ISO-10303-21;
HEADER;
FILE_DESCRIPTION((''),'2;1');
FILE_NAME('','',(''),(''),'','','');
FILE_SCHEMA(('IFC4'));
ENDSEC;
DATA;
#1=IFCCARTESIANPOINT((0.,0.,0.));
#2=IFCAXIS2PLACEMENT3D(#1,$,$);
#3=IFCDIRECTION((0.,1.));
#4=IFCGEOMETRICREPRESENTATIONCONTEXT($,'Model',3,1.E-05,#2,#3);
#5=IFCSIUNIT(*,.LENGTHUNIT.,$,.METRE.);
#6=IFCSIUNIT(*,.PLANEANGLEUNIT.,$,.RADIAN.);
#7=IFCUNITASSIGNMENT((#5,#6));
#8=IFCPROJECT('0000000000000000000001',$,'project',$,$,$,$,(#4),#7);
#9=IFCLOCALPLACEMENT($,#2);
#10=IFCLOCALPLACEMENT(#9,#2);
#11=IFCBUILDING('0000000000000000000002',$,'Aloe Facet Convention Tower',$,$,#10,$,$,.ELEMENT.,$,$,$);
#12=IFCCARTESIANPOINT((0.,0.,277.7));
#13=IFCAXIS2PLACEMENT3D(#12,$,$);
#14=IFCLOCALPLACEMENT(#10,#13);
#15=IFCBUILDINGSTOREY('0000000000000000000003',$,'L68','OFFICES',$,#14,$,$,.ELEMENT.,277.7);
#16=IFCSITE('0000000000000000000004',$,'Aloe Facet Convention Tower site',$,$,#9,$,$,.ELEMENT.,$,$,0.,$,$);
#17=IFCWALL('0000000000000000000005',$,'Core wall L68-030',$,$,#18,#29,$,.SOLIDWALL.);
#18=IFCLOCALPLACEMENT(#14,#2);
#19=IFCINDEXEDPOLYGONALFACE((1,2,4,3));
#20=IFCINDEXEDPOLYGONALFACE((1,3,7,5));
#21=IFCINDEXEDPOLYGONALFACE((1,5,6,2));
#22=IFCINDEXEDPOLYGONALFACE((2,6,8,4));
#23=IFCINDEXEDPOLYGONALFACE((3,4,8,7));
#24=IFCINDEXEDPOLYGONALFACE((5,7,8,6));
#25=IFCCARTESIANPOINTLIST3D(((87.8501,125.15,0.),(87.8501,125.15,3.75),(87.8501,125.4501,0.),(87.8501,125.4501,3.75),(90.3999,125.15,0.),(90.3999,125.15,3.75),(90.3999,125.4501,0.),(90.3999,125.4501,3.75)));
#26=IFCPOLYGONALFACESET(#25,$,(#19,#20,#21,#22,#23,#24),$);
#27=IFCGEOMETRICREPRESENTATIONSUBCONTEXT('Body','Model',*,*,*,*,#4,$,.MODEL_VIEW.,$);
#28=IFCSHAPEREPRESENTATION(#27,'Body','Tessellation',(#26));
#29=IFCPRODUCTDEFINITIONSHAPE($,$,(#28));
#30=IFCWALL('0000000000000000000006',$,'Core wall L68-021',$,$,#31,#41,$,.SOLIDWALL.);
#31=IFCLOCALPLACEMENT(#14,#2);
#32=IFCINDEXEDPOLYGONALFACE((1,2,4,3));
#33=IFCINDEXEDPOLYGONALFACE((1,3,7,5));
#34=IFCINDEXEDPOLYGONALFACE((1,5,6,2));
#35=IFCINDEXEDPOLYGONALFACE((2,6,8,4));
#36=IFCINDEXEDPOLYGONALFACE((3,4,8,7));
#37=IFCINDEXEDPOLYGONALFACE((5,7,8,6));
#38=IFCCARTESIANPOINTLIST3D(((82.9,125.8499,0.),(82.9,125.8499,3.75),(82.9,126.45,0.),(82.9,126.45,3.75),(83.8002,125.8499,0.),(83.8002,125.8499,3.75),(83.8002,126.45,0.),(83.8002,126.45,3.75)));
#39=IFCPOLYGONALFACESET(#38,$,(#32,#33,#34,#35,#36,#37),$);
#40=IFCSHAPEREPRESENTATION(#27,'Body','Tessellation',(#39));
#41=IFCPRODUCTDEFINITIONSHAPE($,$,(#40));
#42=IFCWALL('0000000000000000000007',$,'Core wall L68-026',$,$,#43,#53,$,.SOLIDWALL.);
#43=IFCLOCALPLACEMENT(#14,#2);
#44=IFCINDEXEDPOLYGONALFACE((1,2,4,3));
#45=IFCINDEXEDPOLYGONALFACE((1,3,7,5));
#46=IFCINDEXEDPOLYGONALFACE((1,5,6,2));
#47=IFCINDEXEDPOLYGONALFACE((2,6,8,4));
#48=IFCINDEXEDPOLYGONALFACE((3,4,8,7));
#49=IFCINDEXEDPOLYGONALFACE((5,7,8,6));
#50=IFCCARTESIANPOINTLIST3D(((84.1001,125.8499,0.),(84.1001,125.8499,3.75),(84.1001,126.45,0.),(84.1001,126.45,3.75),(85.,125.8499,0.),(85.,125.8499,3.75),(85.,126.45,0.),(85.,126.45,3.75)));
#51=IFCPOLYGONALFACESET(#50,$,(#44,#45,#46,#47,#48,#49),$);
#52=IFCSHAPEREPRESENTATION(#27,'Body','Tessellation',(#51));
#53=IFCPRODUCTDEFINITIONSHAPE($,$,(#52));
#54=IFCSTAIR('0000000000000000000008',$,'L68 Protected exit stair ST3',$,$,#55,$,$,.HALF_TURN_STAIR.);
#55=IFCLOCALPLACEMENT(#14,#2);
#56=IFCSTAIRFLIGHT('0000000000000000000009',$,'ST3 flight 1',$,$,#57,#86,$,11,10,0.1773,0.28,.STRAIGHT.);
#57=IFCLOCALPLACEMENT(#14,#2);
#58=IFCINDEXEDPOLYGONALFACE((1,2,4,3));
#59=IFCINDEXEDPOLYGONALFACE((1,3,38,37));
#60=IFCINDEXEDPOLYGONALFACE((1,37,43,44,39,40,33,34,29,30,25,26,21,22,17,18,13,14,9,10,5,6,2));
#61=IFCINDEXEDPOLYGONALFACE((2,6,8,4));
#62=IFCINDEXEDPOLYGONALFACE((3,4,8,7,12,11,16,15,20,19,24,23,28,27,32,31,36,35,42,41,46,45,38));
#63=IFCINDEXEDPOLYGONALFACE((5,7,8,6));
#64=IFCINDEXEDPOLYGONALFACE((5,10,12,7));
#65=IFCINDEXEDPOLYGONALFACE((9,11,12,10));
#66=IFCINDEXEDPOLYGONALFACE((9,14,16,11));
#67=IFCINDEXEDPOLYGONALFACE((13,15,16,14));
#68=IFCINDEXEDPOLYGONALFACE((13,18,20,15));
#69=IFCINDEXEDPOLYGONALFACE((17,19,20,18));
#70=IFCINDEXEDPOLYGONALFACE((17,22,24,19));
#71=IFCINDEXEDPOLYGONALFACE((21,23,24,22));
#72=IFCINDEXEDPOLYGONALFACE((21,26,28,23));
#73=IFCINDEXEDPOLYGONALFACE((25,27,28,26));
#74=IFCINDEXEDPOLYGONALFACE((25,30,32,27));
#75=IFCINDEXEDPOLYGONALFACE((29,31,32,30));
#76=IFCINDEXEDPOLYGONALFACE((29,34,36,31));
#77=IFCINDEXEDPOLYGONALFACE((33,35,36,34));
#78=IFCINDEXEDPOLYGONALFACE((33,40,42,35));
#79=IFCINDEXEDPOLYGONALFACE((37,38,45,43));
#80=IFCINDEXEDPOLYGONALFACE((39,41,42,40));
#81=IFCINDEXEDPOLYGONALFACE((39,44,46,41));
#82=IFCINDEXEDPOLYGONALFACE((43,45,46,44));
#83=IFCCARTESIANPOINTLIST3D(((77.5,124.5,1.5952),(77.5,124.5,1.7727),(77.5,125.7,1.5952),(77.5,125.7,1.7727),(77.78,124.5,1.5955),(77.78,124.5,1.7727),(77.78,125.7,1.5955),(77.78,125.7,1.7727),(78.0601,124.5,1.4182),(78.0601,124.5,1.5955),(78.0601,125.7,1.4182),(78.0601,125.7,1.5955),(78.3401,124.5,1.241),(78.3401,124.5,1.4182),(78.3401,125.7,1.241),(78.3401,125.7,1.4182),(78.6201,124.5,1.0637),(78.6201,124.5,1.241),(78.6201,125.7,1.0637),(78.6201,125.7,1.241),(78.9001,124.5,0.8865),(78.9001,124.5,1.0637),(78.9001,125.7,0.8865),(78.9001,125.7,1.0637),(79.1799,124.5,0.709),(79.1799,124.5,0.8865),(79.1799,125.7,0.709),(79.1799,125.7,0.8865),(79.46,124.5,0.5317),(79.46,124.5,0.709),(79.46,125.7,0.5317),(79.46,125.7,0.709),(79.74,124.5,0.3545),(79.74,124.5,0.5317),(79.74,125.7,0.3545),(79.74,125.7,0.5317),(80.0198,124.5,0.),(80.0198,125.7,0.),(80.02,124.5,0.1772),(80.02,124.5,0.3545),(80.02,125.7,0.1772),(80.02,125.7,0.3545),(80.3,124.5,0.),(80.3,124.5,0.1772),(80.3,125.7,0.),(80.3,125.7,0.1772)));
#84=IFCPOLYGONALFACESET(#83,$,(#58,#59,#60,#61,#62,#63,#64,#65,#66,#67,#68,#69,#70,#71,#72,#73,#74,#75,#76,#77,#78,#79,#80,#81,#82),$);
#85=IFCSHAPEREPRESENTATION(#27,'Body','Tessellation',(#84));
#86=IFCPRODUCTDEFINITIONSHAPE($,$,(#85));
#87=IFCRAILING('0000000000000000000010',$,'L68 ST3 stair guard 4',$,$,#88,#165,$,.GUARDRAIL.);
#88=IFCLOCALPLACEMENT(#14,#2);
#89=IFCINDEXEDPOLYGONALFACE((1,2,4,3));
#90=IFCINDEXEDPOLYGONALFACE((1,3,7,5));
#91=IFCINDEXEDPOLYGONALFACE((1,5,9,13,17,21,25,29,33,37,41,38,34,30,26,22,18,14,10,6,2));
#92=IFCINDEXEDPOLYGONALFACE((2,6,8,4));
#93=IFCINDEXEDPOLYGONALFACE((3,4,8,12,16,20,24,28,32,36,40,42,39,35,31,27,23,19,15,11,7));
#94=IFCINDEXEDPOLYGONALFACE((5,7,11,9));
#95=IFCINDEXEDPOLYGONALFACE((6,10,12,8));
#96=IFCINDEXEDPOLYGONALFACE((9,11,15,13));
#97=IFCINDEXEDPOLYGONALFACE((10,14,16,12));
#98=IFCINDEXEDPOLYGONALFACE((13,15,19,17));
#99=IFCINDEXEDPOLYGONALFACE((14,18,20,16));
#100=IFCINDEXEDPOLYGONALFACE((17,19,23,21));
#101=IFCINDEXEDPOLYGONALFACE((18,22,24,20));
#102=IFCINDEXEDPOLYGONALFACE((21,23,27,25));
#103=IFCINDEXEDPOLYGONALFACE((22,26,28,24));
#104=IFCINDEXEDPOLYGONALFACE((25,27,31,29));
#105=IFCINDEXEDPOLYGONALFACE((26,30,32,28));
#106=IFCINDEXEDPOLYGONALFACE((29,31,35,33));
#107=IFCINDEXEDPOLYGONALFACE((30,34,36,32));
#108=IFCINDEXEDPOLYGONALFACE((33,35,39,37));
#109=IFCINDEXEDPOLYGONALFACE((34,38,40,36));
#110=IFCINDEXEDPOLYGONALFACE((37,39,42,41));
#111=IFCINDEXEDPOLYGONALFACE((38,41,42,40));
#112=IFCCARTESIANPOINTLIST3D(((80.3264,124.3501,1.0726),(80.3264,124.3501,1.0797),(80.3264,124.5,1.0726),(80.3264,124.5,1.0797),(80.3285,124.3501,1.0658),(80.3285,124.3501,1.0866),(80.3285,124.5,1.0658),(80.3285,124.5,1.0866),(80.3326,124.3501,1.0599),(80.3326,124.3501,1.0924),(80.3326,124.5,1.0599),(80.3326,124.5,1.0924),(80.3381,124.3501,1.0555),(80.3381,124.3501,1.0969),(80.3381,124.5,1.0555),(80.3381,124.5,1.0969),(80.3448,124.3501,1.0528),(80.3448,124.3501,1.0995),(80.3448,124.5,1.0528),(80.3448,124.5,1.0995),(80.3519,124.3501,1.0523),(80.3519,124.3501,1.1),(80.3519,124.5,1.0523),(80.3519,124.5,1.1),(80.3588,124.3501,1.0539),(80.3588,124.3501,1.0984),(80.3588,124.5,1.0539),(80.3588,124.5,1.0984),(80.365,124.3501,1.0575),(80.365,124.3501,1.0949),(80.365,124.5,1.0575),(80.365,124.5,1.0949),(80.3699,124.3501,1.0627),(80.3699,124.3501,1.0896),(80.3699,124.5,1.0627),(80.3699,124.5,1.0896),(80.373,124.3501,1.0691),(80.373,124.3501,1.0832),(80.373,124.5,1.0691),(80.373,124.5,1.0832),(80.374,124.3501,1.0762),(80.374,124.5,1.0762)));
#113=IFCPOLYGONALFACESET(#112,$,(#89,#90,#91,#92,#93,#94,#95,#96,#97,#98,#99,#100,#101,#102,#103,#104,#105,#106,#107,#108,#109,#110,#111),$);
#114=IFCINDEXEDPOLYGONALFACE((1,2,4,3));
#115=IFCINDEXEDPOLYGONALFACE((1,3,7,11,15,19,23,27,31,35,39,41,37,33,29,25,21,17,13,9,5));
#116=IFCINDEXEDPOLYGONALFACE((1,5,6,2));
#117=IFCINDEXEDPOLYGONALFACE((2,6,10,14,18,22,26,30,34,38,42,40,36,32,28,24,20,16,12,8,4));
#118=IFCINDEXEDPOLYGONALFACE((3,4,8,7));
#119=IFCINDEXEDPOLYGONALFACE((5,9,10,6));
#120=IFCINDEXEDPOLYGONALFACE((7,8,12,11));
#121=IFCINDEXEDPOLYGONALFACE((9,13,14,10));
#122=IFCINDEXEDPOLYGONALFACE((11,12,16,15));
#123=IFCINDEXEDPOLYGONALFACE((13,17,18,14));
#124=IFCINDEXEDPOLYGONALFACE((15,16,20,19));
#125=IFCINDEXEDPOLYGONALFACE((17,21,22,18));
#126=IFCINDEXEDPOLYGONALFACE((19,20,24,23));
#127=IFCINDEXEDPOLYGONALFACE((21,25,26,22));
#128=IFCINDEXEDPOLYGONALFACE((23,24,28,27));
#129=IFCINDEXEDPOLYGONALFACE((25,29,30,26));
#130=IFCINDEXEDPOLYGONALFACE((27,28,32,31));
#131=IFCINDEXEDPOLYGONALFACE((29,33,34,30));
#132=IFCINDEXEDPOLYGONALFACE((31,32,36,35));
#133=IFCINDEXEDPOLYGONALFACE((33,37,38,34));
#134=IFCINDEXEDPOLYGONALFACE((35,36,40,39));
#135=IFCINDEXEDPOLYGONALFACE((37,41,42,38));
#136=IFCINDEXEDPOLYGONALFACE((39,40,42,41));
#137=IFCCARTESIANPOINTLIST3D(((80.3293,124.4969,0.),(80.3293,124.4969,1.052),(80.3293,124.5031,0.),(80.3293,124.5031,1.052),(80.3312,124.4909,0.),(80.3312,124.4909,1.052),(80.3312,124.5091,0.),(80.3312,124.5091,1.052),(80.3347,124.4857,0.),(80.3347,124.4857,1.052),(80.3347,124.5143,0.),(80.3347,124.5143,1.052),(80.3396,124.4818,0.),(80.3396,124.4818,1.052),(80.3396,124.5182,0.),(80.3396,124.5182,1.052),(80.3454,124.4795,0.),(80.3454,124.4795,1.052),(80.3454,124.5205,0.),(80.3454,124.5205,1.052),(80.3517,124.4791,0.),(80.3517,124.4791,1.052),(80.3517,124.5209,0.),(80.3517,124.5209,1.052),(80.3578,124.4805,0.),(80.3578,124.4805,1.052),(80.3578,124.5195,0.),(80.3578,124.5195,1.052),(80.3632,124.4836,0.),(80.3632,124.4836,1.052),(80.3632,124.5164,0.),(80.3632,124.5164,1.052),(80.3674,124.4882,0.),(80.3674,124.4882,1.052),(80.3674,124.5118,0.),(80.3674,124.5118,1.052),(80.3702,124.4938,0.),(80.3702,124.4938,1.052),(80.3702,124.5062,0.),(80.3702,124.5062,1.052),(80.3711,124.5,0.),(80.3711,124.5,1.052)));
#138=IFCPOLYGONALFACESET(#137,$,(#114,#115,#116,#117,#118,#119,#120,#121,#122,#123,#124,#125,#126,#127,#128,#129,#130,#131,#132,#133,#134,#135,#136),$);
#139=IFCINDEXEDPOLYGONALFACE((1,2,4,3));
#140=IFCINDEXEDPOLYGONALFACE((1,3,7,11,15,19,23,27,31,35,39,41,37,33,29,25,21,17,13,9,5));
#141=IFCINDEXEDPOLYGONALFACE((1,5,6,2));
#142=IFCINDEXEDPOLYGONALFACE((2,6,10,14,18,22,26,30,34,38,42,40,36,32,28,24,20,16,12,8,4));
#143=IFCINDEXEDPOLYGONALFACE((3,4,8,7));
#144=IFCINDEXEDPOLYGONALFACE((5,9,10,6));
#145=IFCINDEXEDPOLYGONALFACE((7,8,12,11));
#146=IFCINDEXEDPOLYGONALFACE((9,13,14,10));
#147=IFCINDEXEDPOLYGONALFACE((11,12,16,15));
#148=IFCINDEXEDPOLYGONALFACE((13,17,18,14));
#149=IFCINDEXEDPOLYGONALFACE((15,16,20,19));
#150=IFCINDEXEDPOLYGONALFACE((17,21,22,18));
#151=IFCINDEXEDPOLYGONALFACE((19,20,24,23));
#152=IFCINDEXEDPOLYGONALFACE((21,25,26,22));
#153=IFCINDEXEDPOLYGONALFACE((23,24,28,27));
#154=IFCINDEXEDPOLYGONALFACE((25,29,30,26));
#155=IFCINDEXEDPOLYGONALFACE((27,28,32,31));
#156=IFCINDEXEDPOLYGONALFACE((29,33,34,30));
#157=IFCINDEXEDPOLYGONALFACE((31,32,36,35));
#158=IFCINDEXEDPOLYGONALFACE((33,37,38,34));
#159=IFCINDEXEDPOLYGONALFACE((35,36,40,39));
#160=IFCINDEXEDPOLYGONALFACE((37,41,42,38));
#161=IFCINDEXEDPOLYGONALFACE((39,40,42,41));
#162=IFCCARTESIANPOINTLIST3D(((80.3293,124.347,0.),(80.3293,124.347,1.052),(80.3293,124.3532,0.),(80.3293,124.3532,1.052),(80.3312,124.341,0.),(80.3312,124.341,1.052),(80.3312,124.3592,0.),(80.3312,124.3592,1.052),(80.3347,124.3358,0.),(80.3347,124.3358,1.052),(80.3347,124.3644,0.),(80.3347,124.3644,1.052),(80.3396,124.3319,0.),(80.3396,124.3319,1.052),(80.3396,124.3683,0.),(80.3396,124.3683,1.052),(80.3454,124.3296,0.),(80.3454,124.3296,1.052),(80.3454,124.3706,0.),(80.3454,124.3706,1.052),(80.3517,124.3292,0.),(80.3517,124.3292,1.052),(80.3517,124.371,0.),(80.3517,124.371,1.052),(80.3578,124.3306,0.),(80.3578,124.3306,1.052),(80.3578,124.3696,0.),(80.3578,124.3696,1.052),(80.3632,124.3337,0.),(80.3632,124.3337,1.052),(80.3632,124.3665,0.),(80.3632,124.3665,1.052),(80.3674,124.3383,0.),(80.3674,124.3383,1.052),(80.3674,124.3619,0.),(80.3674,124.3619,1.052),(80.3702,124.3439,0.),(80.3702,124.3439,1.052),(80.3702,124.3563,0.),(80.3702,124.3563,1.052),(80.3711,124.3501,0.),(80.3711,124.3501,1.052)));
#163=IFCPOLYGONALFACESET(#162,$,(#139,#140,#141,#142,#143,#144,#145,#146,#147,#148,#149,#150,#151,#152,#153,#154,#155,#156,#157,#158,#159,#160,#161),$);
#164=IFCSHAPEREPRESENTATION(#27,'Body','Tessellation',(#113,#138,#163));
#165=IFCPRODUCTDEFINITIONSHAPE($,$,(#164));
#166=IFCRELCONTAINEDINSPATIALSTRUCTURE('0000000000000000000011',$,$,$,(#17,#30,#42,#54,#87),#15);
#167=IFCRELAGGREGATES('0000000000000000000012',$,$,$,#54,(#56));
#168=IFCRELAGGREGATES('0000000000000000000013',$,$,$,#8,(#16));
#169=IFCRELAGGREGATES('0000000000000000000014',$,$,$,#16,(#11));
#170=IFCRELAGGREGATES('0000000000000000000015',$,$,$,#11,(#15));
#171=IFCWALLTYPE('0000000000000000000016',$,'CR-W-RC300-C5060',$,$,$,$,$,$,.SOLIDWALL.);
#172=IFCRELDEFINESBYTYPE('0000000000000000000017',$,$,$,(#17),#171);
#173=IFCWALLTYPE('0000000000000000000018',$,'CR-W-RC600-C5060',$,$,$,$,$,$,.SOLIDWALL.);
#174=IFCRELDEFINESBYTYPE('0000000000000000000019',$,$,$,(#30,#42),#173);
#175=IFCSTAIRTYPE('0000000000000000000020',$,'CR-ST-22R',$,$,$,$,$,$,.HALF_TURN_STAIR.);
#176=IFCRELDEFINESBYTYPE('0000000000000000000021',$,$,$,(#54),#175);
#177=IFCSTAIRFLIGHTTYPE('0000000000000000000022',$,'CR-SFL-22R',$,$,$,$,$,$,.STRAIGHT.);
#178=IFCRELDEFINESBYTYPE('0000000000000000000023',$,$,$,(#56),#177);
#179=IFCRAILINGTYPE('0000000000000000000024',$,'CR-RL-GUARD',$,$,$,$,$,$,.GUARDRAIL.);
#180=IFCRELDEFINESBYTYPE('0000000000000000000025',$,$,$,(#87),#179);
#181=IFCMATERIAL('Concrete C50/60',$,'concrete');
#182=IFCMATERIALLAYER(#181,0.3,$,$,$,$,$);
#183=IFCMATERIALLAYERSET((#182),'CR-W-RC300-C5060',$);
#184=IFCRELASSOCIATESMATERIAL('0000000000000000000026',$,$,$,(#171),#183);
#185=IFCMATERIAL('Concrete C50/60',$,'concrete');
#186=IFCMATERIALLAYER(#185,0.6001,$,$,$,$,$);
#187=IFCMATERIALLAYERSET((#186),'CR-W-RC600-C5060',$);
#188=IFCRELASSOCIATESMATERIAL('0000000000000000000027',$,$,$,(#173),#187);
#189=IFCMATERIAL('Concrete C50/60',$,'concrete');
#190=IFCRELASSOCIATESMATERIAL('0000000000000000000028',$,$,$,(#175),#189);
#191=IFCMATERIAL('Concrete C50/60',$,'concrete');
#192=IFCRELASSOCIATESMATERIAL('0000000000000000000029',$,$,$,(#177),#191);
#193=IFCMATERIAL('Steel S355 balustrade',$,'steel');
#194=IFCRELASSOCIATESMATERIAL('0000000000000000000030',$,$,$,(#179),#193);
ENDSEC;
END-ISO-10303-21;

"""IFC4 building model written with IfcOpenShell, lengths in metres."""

from ifc_helpers import new_model, si_unit, direction, frame, frame_2d, origin, origin_2d, place, context, subcontext, project, spatial, polyline, rectangle, circle, outline, extrude, material, layer, layer_set, type_object, element, aggregate, save


model = new_model("IFC4")

# Units and contexts
model_context = context("Model", 3, precision=1e-05, world=origin(), true_north=direction((0.0, 1.0)))
body_context = subcontext(model_context, "Body", "Model", "MODEL_VIEW")
ifc_project = project(units=[si_unit("LENGTHUNIT", "METRE"), si_unit("PLANEANGLEUNIT", "RADIAN")], contexts=[model_context])

# Site, building, storey
site_placement = place(None, origin())
site = spatial("IfcSite", under=ifc_project, at=site_placement, Name="Aloe Facet Convention Tower site", CompositionType="ELEMENT", RefElevation=0.0)
building_placement = place(site_placement, origin())
building = spatial("IfcBuilding", under=site, at=building_placement, Name="Aloe Facet Convention Tower", CompositionType="ELEMENT")
storey_placement = place(building_placement, frame((0.0, 0.0, 277.7)))
storey = spatial("IfcBuildingStorey", under=building, at=storey_placement, Name="L68", Description="OFFICES", CompositionType="ELEMENT", Elevation=277.7)

# Shared definitions
ifc_material_1 = material(Name="Concrete C50/60", Category="concrete")
ifc_layer_1 = layer(ifc_material_1, 0.3)
ifc_layer_set_1 = layer_set([ifc_layer_1], Name="CR-W-RC300-C5060")
wall_type_1 = type_object("IfcWallType", Name="CR-W-RC300-C5060", PredefinedType="SOLIDWALL", material=ifc_layer_set_1)

# Walls
for number, where, z_axis, x_axis, name in (
    (1, (87.8501, 125.3, 0.0), (0.0, 0.0, 1.0), (1.0, 0.0, 0.0), "Core wall L68-030"),
):
    element("IfcWall", number, at=place(storey_placement, frame(where, z_axis=z_axis, x_axis=x_axis)), inside=storey, type_object=wall_type_1, Name=name, PredefinedType="SOLIDWALL", context=body_context, shape_type="SweptSolid", body=[
        extrude(rectangle(XDim=2.5498, YDim=0.3, at=frame_2d((1.2749, 0.0))), origin(), (0.0, 0.0, 1.0), 3.75),
    ])
ifc_material_2 = material(Name="Concrete C50/60", Category="concrete")
ifc_layer_2 = layer(ifc_material_2, 0.6001)
ifc_layer_set_2 = layer_set([ifc_layer_2], Name="CR-W-RC600-C5060")
wall_type_2 = type_object("IfcWallType", Name="CR-W-RC600-C5060", PredefinedType="SOLIDWALL", material=ifc_layer_set_2)
wall_1_placement = place(storey_placement, frame((82.8999, 126.1499, 0.0), z_axis=(0.0, 0.0, 1.0), x_axis=(1.0, 0.0, 0.0)))
element("IfcWall", 2, at=wall_1_placement, inside=storey, type_object=wall_type_2, Name="Core wall L68-021", PredefinedType="SOLIDWALL", context=body_context, shape_type="SweptSolid", body=[
    extrude(rectangle(XDim=0.9001, YDim=0.6001, at=frame_2d((0.4502, 0.0))), origin(), (0.0, 0.0, 1.0), 3.75),
])
wall_2_placement = place(storey_placement, frame((84.1001, 126.1499, 0.0), z_axis=(0.0, 0.0, 1.0), x_axis=(1.0, 0.0, 0.0)))
element("IfcWall", 3, at=wall_2_placement, inside=storey, type_object=wall_type_2, Name="Core wall L68-026", PredefinedType="SOLIDWALL", context=body_context, shape_type="SweptSolid", body=[
    extrude(rectangle(XDim=0.8999, YDim=0.6001, at=frame_2d((0.45, 0.0))), origin(), (0.0, 0.0, 1.0), 3.75),
])

# Stair, stair flight
ifc_material_3 = material(Name="Concrete C50/60", Category="concrete")
stair_type = type_object("IfcStairType", Name="CR-ST-22R", PredefinedType="HALF_TURN_STAIR", material=ifc_material_3)
stair_placement = place(storey_placement, origin())
stair = element("IfcStair", 4, at=stair_placement, inside=storey, type_object=stair_type, Name="L68 Protected exit stair ST3", PredefinedType="HALF_TURN_STAIR")
ifc_material_4 = material(Name="Concrete C50/60", Category="concrete")
stair_flight_type = type_object("IfcStairFlightType", Name="CR-SFL-22R", PredefinedType="STRAIGHT", material=ifc_material_4)
stair_flight_placement = place(storey_placement, frame((80.3, 125.1001, 0.0), z_axis=(0.0, 0.0, 1.0), x_axis=(-1.0, 0.0, 0.0)))
stair_flight = element("IfcStairFlight", 5, at=stair_flight_placement, type_object=stair_flight_type, Name="ST3 flight 1", NumberOfRisers=11, NumberOfTreads=10, PredefinedType="STRAIGHT", RiserHeight=0.1773, TreadLength=0.28, context=body_context, shape_type="SweptSolid", body=[
    extrude(outline(polyline([(0.0, 0.0), (0.0, 0.1772), (0.28, 0.1772), (0.28, 0.3545), (0.5601, 0.3545), (0.5601, 0.5317), (0.8401, 0.5317), (0.8401, 0.709), (1.1201, 0.709), (1.1201, 0.8865), (1.3999, 0.8865), (1.3999, 1.0637), (1.6799, 1.0637), (1.6799, 1.241), (1.96, 1.241), (1.96, 1.4182), (2.24, 1.4182), (2.24, 1.5955), (2.52, 1.5955), (2.52, 1.7727), (2.8, 1.7727), (2.8, 1.95), (2.8, 1.5952), (0.2803, 0.0), (0.0, 0.0)])), frame((0.0, 0.6001, 0.0), z_axis=(0.0, -1.0, 0.0), x_axis=(1.0, 0.0, 0.0)), (0.0, 0.0, 1.0), 1.2),
])
aggregate(stair, [stair_flight])

# Railing
ifc_material_5 = material(Name="Steel S355 balustrade", Category="steel")
railing_type_1 = type_object("IfcRailingType", Name="CR-RL-GUARD", PredefinedType="GUARDRAIL", material=ifc_material_5)
railing_1_placement = place(storey_placement, frame((80.3501, 124.5, 0.0)))
element("IfcRailing", 6, at=railing_1_placement, inside=storey, type_object=railing_type_1, Name="L68 ST3 stair guard 4", PredefinedType="GUARDRAIL", context=body_context, shape_type="SweptSolid", body=[
    extrude(circle(Radius=0.0239, at=origin_2d()), frame((0.0, 0.0, 1.0762), z_axis=(0.0, -1.0, 0.0), x_axis=(1.0, 0.0, 0.0)), (0.0, 0.0, 1.0), 0.1499),
    extrude(circle(Radius=0.021, at=origin_2d()), origin(), (0.0, 0.0, 1.0), 1.052),
    extrude(circle(Radius=0.021, at=origin_2d()), frame((0.0, -0.1499, 0.0)), (0.0, 0.0, 1.0), 1.052),
])

save(model, "model.ifc")
